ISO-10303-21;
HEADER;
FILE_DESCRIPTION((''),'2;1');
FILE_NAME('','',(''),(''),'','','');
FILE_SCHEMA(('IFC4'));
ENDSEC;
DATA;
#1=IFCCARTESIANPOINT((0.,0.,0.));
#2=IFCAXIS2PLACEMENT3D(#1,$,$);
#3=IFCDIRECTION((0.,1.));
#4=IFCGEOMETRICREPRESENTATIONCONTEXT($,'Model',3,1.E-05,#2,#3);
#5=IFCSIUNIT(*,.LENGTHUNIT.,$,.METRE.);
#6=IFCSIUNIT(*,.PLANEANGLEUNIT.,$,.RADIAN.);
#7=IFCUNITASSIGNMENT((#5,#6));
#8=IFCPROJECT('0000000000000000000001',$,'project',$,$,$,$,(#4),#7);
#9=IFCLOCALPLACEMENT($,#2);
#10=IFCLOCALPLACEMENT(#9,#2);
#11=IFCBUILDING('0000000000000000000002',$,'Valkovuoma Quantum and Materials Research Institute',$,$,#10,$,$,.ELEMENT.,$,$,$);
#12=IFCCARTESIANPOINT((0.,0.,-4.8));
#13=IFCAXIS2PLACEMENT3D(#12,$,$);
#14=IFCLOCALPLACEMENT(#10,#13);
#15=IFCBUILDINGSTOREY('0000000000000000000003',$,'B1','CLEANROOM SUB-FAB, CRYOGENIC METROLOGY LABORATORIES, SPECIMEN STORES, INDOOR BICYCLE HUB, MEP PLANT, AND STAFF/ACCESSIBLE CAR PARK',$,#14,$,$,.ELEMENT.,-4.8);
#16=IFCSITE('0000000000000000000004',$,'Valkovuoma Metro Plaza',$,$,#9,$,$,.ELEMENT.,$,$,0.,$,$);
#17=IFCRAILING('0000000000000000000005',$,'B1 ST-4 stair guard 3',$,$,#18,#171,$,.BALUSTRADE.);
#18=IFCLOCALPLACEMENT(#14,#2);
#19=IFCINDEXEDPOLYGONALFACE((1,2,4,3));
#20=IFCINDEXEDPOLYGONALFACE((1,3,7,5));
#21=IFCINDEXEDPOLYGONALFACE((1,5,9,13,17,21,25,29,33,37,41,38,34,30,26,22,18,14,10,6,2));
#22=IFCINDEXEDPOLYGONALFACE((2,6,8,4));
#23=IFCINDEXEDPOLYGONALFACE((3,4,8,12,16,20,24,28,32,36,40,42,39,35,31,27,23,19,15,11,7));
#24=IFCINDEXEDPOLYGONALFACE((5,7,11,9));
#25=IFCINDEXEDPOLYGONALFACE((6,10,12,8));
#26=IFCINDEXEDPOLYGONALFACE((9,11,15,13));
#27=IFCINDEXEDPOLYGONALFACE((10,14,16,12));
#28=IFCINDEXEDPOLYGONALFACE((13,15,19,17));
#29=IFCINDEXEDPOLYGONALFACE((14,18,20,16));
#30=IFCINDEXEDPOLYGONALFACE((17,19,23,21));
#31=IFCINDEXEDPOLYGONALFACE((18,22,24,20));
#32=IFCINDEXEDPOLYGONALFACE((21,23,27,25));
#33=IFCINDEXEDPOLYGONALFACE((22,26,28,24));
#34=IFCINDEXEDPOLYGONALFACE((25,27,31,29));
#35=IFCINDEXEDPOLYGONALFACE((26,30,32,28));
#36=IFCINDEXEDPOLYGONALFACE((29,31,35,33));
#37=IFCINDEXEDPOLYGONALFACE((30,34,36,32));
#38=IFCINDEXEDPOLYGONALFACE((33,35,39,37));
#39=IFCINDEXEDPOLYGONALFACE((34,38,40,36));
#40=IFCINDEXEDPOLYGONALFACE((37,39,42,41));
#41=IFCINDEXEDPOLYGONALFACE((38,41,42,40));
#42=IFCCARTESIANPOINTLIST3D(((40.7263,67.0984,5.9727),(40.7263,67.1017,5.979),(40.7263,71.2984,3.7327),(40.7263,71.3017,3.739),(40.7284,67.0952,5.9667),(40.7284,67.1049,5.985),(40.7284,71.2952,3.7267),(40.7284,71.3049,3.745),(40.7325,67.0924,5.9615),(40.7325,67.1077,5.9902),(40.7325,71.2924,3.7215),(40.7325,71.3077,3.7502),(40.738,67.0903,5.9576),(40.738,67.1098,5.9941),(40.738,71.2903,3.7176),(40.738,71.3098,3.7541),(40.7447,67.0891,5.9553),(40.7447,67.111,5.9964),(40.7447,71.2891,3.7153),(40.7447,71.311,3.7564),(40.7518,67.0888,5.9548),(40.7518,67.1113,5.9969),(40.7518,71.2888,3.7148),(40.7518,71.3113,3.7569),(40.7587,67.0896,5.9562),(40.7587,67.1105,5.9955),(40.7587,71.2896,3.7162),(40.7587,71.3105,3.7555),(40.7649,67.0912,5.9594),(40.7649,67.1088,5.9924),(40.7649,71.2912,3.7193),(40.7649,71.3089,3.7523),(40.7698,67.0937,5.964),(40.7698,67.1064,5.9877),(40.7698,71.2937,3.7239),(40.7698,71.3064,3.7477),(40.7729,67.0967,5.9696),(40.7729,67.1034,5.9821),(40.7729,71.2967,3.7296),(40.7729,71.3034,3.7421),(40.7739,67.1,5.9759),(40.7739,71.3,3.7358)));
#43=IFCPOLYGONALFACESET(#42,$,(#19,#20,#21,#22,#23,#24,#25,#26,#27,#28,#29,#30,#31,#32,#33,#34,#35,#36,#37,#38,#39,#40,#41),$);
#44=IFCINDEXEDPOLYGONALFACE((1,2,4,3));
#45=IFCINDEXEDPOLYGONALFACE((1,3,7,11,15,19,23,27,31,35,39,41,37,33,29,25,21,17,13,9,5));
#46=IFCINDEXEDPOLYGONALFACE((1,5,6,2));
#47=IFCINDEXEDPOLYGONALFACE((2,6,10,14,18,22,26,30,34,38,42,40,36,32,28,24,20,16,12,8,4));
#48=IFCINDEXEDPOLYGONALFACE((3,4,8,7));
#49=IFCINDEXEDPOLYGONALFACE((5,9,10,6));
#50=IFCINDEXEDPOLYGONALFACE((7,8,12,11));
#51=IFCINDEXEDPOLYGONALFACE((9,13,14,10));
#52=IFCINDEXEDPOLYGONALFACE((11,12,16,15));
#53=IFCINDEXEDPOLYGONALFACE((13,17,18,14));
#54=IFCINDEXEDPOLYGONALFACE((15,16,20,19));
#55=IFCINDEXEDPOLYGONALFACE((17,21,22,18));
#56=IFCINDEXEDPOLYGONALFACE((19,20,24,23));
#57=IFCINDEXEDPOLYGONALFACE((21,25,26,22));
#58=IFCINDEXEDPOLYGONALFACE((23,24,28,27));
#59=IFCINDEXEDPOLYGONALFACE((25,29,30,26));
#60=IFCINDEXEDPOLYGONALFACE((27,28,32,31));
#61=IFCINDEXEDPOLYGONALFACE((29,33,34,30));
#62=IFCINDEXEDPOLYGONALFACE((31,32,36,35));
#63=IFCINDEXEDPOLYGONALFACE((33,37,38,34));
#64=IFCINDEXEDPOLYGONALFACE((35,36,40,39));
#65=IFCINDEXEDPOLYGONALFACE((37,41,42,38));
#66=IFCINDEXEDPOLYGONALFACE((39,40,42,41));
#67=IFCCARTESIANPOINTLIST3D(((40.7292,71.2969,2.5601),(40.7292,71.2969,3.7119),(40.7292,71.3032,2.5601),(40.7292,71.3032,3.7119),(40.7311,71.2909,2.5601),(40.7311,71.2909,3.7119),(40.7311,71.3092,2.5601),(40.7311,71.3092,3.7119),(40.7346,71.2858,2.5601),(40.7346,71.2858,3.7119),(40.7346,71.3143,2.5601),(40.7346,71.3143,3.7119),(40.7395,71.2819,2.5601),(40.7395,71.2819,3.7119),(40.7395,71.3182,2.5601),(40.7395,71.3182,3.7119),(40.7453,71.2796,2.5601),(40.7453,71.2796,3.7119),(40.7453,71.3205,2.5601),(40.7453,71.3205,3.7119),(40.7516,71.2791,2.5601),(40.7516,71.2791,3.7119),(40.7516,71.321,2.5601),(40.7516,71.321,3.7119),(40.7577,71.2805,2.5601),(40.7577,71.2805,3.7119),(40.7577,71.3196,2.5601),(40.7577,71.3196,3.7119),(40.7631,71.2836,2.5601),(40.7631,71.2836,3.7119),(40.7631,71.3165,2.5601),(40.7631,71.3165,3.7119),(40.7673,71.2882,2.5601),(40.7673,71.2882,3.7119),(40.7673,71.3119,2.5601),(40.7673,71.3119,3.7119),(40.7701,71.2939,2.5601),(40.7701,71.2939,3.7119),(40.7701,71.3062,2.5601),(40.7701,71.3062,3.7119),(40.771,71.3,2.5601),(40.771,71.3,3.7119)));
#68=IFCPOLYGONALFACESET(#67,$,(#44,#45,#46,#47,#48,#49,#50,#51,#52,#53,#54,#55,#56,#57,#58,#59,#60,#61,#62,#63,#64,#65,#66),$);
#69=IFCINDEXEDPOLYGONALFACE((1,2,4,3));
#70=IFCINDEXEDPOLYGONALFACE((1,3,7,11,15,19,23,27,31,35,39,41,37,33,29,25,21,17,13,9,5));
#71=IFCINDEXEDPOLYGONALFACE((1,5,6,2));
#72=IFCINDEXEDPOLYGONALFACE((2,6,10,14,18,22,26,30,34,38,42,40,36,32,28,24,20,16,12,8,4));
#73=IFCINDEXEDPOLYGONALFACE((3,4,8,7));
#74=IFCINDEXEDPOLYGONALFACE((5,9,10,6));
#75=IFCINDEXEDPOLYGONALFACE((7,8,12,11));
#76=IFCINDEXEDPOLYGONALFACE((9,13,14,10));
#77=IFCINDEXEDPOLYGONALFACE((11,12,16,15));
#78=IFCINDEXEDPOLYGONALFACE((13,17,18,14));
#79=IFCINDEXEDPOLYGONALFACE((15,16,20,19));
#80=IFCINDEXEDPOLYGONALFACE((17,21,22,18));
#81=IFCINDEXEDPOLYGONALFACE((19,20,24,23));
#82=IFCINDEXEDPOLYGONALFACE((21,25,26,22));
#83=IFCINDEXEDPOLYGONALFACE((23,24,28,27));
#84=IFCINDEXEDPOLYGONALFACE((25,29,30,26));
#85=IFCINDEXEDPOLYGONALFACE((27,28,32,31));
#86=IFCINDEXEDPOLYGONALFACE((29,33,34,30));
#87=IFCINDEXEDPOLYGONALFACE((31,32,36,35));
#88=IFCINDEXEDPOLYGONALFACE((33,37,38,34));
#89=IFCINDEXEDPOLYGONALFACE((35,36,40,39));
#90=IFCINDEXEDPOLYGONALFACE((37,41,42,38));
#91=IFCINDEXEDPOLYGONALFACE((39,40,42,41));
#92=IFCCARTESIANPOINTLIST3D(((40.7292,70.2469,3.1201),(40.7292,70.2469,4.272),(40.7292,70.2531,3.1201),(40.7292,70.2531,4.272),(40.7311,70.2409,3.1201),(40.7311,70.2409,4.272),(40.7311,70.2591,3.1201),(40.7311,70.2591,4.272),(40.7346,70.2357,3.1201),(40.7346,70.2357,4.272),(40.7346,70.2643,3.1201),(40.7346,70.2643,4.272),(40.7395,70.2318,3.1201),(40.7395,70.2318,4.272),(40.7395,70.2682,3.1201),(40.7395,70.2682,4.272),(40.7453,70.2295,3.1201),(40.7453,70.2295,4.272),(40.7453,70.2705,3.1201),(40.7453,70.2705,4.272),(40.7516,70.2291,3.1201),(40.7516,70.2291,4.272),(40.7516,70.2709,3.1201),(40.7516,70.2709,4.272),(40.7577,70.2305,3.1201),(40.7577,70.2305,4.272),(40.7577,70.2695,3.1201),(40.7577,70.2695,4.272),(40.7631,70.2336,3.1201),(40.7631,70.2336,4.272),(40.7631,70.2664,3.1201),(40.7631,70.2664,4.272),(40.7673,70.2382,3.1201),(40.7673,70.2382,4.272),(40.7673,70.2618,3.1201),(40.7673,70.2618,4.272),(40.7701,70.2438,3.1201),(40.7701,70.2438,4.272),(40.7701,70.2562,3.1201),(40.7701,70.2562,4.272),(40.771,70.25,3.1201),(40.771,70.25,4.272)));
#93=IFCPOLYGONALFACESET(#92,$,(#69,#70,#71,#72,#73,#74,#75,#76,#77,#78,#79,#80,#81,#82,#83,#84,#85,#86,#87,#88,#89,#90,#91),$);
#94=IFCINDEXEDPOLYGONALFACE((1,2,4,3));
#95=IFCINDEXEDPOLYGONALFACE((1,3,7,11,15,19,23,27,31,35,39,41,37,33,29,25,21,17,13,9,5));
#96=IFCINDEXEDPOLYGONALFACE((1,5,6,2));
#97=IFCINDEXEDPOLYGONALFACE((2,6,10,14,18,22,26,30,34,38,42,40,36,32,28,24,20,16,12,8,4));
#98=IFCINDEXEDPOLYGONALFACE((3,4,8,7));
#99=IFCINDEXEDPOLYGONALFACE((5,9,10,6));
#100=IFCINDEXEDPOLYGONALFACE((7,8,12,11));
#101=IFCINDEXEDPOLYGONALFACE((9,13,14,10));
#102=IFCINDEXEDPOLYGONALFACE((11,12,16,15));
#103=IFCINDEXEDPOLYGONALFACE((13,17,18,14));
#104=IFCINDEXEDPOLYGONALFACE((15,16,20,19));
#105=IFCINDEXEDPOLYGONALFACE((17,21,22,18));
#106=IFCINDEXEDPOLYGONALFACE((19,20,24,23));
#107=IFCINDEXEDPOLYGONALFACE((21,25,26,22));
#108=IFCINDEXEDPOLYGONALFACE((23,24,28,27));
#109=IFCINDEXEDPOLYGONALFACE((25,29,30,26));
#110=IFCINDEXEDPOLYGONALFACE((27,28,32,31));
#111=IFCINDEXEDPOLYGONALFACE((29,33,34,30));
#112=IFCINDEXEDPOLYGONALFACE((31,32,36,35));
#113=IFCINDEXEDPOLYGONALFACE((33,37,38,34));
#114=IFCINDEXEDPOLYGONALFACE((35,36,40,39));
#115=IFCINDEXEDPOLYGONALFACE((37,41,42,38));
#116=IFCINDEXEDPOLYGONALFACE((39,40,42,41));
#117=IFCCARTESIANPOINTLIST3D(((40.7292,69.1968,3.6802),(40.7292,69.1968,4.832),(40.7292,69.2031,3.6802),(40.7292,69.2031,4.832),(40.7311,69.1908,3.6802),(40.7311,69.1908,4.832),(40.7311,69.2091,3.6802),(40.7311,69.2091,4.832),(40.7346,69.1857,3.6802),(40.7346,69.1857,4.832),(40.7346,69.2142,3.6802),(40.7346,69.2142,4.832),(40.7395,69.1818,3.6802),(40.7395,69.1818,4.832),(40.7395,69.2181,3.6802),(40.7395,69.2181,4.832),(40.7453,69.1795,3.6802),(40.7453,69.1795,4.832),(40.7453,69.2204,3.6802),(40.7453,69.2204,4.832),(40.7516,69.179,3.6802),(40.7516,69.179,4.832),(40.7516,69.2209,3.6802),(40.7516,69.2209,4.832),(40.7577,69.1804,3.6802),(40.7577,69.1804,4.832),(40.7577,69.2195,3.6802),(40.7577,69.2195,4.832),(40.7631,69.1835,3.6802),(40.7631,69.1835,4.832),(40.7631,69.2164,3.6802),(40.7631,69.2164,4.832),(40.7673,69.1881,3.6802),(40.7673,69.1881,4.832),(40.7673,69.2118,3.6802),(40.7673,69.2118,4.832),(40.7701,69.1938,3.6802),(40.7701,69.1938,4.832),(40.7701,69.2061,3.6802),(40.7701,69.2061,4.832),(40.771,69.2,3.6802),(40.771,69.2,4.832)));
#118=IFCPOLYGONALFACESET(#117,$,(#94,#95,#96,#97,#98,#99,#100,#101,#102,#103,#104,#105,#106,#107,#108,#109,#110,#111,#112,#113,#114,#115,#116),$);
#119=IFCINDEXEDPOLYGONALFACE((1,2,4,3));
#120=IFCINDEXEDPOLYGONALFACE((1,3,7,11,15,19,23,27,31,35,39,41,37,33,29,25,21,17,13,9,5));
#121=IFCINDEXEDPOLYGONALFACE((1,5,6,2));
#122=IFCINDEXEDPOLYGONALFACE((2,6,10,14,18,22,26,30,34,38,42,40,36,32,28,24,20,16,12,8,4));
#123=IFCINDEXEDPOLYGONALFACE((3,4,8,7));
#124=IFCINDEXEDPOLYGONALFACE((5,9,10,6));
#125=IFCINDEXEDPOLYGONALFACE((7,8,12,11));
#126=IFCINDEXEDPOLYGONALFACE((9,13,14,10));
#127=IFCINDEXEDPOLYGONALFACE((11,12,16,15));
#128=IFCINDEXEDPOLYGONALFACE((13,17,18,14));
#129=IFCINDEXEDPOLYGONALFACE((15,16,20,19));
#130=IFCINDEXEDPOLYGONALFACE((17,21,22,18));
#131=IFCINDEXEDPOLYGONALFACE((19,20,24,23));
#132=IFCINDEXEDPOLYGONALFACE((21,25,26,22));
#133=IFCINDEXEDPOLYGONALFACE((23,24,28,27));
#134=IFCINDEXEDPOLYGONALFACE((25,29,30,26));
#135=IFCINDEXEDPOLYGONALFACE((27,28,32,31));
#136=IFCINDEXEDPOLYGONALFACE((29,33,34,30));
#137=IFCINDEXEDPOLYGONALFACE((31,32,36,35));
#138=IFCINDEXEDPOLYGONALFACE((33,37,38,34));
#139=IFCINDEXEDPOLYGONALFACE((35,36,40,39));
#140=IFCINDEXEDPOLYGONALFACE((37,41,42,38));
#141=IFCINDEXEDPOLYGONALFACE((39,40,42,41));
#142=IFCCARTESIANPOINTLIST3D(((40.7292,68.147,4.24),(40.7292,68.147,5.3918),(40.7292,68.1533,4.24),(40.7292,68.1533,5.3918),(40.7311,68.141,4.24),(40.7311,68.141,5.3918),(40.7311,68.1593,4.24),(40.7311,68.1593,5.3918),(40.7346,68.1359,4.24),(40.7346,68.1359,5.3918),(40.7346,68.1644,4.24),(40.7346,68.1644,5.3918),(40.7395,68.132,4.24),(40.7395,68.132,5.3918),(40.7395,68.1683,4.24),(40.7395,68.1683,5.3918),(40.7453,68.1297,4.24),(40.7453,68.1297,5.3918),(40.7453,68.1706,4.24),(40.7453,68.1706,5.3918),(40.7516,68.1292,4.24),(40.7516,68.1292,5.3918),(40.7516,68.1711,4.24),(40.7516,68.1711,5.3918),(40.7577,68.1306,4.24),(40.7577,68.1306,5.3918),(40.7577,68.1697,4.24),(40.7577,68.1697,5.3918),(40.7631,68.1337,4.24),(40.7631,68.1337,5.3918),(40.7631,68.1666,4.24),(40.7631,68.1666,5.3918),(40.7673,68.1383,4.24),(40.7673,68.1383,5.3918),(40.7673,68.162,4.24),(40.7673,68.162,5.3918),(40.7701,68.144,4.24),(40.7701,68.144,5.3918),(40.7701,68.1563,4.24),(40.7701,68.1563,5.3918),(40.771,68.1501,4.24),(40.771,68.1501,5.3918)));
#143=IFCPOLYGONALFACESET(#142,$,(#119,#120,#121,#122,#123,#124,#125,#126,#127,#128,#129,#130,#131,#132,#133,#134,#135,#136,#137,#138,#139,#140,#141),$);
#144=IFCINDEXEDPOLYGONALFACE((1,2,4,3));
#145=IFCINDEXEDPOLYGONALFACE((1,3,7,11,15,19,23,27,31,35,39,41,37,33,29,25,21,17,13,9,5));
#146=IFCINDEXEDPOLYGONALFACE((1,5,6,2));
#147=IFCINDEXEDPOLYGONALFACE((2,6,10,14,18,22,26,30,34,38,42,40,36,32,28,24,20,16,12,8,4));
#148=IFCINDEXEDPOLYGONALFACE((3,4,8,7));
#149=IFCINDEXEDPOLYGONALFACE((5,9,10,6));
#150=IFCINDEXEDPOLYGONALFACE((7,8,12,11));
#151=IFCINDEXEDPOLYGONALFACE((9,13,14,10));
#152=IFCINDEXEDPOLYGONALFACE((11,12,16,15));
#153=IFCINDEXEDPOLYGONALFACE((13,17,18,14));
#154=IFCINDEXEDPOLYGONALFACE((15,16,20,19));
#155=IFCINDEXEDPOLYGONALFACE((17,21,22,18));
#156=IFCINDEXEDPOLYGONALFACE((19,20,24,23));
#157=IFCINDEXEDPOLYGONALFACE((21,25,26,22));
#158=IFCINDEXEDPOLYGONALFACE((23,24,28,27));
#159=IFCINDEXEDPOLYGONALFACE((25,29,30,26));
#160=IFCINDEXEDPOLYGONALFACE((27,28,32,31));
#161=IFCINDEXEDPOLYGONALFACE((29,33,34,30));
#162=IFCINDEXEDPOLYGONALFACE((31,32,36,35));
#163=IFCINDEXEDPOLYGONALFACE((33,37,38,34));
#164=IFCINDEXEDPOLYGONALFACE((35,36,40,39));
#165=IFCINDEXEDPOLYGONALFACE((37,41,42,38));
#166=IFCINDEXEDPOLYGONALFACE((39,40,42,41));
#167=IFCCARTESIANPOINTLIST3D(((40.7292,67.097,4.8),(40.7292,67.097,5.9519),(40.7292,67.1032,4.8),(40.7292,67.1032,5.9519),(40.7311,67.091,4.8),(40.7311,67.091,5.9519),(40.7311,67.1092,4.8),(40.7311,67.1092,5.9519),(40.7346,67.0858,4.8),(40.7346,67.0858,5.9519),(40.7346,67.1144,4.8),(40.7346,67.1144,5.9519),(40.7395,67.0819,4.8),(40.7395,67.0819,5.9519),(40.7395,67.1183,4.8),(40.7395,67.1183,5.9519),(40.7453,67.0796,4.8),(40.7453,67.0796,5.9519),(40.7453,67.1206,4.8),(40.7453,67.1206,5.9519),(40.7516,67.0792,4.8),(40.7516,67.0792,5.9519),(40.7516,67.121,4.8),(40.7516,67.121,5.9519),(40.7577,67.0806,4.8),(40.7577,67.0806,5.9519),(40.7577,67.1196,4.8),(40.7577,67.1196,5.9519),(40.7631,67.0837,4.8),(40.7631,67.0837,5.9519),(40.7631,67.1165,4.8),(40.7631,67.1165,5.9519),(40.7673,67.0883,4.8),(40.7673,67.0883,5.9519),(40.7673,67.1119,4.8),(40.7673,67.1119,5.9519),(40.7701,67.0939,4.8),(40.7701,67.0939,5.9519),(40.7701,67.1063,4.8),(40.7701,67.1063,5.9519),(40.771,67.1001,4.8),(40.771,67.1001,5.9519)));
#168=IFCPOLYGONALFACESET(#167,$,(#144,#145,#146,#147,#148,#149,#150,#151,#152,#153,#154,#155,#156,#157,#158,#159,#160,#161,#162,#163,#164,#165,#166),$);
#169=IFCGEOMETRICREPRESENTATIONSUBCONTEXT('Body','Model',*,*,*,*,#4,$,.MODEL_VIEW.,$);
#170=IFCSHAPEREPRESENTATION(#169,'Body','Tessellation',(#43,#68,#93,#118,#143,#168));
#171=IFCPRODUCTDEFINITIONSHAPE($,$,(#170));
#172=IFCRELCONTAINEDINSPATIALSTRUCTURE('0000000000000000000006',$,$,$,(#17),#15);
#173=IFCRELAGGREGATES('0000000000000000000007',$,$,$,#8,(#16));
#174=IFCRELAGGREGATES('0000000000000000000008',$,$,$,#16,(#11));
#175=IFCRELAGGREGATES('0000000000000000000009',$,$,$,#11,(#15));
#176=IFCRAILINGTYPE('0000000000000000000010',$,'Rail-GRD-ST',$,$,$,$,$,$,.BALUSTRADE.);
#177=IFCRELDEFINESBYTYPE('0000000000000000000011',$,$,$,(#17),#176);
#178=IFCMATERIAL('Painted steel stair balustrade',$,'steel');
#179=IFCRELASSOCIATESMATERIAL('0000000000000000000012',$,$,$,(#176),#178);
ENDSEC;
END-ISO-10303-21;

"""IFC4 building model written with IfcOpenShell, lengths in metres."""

from ifc_helpers import new_model, si_unit, direction, frame, origin, origin_2d, place, context, subcontext, project, spatial, circle, extrude, material, type_object, element, save


model = new_model("IFC4")

# Units and contexts
model_context = context("Model", 3, precision=1e-05, world=origin(), true_north=direction((0.0, 1.0)))
body_context = subcontext(model_context, "Body", "Model", "MODEL_VIEW")
ifc_project = project(units=[si_unit("LENGTHUNIT", "METRE"), si_unit("PLANEANGLEUNIT", "RADIAN")], contexts=[model_context])

# Site, building, storey
site_placement = place(None, origin())
site = spatial("IfcSite", under=ifc_project, at=site_placement, Name="Valkovuoma Metro Plaza", CompositionType="ELEMENT", RefElevation=0.0)
building_placement = place(site_placement, origin())
building = spatial("IfcBuilding", under=site, at=building_placement, Name="Valkovuoma Quantum and Materials Research Institute", CompositionType="ELEMENT")
storey_placement = place(building_placement, frame((0.0, 0.0, -4.8)))
storey = spatial("IfcBuildingStorey", under=building, at=storey_placement, Name="B1", Description="CLEANROOM SUB-FAB, CRYOGENIC METROLOGY LABORATORIES, SPECIMEN STORES, INDOOR BICYCLE HUB, MEP PLANT, AND STAFF/ACCESSIBLE CAR PARK", CompositionType="ELEMENT", Elevation=-4.8)

# Railing
ifc_material_1 = material(Name="Painted steel stair balustrade", Category="steel")
railing_type_1 = type_object("IfcRailingType", Name="Rail-GRD-ST", PredefinedType="BALUSTRADE", material=ifc_material_1)
railing_1_placement = place(storey_placement, frame((40.75, 71.3, 2.5601)))
element("IfcRailing", 1, at=railing_1_placement, inside=storey, type_object=railing_type_1, Name="B1 ST-4 stair guard 3", PredefinedType="BALUSTRADE", context=body_context, shape_type="SweptSolid", body=[
    extrude(circle(Radius=0.0239, at=origin_2d()), frame((0.0, 0.0, 1.1758), z_axis=(0.0, -0.882352, 0.470591), x_axis=(1.0, 0.0, 0.0)), (0.0, 0.0, 1.0), 4.76),
    extrude(circle(Radius=0.021, at=origin_2d()), origin(), (0.0, 0.0, 1.0), 1.1519),
    extrude(circle(Radius=0.021, at=origin_2d()), frame((0.0, -1.05, 0.5601)), (0.0, 0.0, 1.0), 1.1519),
    extrude(circle(Radius=0.021, at=origin_2d()), frame((0.0, -2.1001, 1.1201)), (0.0, 0.0, 1.0), 1.1519),
    extrude(circle(Radius=0.021, at=origin_2d()), frame((0.0, -3.1499, 1.6799)), (0.0, 0.0, 1.0), 1.1519),
    extrude(circle(Radius=0.021, at=origin_2d()), frame((0.0, -4.2, 2.24)), (0.0, 0.0, 1.0), 1.1519),
])

save(model, "model.ifc")
